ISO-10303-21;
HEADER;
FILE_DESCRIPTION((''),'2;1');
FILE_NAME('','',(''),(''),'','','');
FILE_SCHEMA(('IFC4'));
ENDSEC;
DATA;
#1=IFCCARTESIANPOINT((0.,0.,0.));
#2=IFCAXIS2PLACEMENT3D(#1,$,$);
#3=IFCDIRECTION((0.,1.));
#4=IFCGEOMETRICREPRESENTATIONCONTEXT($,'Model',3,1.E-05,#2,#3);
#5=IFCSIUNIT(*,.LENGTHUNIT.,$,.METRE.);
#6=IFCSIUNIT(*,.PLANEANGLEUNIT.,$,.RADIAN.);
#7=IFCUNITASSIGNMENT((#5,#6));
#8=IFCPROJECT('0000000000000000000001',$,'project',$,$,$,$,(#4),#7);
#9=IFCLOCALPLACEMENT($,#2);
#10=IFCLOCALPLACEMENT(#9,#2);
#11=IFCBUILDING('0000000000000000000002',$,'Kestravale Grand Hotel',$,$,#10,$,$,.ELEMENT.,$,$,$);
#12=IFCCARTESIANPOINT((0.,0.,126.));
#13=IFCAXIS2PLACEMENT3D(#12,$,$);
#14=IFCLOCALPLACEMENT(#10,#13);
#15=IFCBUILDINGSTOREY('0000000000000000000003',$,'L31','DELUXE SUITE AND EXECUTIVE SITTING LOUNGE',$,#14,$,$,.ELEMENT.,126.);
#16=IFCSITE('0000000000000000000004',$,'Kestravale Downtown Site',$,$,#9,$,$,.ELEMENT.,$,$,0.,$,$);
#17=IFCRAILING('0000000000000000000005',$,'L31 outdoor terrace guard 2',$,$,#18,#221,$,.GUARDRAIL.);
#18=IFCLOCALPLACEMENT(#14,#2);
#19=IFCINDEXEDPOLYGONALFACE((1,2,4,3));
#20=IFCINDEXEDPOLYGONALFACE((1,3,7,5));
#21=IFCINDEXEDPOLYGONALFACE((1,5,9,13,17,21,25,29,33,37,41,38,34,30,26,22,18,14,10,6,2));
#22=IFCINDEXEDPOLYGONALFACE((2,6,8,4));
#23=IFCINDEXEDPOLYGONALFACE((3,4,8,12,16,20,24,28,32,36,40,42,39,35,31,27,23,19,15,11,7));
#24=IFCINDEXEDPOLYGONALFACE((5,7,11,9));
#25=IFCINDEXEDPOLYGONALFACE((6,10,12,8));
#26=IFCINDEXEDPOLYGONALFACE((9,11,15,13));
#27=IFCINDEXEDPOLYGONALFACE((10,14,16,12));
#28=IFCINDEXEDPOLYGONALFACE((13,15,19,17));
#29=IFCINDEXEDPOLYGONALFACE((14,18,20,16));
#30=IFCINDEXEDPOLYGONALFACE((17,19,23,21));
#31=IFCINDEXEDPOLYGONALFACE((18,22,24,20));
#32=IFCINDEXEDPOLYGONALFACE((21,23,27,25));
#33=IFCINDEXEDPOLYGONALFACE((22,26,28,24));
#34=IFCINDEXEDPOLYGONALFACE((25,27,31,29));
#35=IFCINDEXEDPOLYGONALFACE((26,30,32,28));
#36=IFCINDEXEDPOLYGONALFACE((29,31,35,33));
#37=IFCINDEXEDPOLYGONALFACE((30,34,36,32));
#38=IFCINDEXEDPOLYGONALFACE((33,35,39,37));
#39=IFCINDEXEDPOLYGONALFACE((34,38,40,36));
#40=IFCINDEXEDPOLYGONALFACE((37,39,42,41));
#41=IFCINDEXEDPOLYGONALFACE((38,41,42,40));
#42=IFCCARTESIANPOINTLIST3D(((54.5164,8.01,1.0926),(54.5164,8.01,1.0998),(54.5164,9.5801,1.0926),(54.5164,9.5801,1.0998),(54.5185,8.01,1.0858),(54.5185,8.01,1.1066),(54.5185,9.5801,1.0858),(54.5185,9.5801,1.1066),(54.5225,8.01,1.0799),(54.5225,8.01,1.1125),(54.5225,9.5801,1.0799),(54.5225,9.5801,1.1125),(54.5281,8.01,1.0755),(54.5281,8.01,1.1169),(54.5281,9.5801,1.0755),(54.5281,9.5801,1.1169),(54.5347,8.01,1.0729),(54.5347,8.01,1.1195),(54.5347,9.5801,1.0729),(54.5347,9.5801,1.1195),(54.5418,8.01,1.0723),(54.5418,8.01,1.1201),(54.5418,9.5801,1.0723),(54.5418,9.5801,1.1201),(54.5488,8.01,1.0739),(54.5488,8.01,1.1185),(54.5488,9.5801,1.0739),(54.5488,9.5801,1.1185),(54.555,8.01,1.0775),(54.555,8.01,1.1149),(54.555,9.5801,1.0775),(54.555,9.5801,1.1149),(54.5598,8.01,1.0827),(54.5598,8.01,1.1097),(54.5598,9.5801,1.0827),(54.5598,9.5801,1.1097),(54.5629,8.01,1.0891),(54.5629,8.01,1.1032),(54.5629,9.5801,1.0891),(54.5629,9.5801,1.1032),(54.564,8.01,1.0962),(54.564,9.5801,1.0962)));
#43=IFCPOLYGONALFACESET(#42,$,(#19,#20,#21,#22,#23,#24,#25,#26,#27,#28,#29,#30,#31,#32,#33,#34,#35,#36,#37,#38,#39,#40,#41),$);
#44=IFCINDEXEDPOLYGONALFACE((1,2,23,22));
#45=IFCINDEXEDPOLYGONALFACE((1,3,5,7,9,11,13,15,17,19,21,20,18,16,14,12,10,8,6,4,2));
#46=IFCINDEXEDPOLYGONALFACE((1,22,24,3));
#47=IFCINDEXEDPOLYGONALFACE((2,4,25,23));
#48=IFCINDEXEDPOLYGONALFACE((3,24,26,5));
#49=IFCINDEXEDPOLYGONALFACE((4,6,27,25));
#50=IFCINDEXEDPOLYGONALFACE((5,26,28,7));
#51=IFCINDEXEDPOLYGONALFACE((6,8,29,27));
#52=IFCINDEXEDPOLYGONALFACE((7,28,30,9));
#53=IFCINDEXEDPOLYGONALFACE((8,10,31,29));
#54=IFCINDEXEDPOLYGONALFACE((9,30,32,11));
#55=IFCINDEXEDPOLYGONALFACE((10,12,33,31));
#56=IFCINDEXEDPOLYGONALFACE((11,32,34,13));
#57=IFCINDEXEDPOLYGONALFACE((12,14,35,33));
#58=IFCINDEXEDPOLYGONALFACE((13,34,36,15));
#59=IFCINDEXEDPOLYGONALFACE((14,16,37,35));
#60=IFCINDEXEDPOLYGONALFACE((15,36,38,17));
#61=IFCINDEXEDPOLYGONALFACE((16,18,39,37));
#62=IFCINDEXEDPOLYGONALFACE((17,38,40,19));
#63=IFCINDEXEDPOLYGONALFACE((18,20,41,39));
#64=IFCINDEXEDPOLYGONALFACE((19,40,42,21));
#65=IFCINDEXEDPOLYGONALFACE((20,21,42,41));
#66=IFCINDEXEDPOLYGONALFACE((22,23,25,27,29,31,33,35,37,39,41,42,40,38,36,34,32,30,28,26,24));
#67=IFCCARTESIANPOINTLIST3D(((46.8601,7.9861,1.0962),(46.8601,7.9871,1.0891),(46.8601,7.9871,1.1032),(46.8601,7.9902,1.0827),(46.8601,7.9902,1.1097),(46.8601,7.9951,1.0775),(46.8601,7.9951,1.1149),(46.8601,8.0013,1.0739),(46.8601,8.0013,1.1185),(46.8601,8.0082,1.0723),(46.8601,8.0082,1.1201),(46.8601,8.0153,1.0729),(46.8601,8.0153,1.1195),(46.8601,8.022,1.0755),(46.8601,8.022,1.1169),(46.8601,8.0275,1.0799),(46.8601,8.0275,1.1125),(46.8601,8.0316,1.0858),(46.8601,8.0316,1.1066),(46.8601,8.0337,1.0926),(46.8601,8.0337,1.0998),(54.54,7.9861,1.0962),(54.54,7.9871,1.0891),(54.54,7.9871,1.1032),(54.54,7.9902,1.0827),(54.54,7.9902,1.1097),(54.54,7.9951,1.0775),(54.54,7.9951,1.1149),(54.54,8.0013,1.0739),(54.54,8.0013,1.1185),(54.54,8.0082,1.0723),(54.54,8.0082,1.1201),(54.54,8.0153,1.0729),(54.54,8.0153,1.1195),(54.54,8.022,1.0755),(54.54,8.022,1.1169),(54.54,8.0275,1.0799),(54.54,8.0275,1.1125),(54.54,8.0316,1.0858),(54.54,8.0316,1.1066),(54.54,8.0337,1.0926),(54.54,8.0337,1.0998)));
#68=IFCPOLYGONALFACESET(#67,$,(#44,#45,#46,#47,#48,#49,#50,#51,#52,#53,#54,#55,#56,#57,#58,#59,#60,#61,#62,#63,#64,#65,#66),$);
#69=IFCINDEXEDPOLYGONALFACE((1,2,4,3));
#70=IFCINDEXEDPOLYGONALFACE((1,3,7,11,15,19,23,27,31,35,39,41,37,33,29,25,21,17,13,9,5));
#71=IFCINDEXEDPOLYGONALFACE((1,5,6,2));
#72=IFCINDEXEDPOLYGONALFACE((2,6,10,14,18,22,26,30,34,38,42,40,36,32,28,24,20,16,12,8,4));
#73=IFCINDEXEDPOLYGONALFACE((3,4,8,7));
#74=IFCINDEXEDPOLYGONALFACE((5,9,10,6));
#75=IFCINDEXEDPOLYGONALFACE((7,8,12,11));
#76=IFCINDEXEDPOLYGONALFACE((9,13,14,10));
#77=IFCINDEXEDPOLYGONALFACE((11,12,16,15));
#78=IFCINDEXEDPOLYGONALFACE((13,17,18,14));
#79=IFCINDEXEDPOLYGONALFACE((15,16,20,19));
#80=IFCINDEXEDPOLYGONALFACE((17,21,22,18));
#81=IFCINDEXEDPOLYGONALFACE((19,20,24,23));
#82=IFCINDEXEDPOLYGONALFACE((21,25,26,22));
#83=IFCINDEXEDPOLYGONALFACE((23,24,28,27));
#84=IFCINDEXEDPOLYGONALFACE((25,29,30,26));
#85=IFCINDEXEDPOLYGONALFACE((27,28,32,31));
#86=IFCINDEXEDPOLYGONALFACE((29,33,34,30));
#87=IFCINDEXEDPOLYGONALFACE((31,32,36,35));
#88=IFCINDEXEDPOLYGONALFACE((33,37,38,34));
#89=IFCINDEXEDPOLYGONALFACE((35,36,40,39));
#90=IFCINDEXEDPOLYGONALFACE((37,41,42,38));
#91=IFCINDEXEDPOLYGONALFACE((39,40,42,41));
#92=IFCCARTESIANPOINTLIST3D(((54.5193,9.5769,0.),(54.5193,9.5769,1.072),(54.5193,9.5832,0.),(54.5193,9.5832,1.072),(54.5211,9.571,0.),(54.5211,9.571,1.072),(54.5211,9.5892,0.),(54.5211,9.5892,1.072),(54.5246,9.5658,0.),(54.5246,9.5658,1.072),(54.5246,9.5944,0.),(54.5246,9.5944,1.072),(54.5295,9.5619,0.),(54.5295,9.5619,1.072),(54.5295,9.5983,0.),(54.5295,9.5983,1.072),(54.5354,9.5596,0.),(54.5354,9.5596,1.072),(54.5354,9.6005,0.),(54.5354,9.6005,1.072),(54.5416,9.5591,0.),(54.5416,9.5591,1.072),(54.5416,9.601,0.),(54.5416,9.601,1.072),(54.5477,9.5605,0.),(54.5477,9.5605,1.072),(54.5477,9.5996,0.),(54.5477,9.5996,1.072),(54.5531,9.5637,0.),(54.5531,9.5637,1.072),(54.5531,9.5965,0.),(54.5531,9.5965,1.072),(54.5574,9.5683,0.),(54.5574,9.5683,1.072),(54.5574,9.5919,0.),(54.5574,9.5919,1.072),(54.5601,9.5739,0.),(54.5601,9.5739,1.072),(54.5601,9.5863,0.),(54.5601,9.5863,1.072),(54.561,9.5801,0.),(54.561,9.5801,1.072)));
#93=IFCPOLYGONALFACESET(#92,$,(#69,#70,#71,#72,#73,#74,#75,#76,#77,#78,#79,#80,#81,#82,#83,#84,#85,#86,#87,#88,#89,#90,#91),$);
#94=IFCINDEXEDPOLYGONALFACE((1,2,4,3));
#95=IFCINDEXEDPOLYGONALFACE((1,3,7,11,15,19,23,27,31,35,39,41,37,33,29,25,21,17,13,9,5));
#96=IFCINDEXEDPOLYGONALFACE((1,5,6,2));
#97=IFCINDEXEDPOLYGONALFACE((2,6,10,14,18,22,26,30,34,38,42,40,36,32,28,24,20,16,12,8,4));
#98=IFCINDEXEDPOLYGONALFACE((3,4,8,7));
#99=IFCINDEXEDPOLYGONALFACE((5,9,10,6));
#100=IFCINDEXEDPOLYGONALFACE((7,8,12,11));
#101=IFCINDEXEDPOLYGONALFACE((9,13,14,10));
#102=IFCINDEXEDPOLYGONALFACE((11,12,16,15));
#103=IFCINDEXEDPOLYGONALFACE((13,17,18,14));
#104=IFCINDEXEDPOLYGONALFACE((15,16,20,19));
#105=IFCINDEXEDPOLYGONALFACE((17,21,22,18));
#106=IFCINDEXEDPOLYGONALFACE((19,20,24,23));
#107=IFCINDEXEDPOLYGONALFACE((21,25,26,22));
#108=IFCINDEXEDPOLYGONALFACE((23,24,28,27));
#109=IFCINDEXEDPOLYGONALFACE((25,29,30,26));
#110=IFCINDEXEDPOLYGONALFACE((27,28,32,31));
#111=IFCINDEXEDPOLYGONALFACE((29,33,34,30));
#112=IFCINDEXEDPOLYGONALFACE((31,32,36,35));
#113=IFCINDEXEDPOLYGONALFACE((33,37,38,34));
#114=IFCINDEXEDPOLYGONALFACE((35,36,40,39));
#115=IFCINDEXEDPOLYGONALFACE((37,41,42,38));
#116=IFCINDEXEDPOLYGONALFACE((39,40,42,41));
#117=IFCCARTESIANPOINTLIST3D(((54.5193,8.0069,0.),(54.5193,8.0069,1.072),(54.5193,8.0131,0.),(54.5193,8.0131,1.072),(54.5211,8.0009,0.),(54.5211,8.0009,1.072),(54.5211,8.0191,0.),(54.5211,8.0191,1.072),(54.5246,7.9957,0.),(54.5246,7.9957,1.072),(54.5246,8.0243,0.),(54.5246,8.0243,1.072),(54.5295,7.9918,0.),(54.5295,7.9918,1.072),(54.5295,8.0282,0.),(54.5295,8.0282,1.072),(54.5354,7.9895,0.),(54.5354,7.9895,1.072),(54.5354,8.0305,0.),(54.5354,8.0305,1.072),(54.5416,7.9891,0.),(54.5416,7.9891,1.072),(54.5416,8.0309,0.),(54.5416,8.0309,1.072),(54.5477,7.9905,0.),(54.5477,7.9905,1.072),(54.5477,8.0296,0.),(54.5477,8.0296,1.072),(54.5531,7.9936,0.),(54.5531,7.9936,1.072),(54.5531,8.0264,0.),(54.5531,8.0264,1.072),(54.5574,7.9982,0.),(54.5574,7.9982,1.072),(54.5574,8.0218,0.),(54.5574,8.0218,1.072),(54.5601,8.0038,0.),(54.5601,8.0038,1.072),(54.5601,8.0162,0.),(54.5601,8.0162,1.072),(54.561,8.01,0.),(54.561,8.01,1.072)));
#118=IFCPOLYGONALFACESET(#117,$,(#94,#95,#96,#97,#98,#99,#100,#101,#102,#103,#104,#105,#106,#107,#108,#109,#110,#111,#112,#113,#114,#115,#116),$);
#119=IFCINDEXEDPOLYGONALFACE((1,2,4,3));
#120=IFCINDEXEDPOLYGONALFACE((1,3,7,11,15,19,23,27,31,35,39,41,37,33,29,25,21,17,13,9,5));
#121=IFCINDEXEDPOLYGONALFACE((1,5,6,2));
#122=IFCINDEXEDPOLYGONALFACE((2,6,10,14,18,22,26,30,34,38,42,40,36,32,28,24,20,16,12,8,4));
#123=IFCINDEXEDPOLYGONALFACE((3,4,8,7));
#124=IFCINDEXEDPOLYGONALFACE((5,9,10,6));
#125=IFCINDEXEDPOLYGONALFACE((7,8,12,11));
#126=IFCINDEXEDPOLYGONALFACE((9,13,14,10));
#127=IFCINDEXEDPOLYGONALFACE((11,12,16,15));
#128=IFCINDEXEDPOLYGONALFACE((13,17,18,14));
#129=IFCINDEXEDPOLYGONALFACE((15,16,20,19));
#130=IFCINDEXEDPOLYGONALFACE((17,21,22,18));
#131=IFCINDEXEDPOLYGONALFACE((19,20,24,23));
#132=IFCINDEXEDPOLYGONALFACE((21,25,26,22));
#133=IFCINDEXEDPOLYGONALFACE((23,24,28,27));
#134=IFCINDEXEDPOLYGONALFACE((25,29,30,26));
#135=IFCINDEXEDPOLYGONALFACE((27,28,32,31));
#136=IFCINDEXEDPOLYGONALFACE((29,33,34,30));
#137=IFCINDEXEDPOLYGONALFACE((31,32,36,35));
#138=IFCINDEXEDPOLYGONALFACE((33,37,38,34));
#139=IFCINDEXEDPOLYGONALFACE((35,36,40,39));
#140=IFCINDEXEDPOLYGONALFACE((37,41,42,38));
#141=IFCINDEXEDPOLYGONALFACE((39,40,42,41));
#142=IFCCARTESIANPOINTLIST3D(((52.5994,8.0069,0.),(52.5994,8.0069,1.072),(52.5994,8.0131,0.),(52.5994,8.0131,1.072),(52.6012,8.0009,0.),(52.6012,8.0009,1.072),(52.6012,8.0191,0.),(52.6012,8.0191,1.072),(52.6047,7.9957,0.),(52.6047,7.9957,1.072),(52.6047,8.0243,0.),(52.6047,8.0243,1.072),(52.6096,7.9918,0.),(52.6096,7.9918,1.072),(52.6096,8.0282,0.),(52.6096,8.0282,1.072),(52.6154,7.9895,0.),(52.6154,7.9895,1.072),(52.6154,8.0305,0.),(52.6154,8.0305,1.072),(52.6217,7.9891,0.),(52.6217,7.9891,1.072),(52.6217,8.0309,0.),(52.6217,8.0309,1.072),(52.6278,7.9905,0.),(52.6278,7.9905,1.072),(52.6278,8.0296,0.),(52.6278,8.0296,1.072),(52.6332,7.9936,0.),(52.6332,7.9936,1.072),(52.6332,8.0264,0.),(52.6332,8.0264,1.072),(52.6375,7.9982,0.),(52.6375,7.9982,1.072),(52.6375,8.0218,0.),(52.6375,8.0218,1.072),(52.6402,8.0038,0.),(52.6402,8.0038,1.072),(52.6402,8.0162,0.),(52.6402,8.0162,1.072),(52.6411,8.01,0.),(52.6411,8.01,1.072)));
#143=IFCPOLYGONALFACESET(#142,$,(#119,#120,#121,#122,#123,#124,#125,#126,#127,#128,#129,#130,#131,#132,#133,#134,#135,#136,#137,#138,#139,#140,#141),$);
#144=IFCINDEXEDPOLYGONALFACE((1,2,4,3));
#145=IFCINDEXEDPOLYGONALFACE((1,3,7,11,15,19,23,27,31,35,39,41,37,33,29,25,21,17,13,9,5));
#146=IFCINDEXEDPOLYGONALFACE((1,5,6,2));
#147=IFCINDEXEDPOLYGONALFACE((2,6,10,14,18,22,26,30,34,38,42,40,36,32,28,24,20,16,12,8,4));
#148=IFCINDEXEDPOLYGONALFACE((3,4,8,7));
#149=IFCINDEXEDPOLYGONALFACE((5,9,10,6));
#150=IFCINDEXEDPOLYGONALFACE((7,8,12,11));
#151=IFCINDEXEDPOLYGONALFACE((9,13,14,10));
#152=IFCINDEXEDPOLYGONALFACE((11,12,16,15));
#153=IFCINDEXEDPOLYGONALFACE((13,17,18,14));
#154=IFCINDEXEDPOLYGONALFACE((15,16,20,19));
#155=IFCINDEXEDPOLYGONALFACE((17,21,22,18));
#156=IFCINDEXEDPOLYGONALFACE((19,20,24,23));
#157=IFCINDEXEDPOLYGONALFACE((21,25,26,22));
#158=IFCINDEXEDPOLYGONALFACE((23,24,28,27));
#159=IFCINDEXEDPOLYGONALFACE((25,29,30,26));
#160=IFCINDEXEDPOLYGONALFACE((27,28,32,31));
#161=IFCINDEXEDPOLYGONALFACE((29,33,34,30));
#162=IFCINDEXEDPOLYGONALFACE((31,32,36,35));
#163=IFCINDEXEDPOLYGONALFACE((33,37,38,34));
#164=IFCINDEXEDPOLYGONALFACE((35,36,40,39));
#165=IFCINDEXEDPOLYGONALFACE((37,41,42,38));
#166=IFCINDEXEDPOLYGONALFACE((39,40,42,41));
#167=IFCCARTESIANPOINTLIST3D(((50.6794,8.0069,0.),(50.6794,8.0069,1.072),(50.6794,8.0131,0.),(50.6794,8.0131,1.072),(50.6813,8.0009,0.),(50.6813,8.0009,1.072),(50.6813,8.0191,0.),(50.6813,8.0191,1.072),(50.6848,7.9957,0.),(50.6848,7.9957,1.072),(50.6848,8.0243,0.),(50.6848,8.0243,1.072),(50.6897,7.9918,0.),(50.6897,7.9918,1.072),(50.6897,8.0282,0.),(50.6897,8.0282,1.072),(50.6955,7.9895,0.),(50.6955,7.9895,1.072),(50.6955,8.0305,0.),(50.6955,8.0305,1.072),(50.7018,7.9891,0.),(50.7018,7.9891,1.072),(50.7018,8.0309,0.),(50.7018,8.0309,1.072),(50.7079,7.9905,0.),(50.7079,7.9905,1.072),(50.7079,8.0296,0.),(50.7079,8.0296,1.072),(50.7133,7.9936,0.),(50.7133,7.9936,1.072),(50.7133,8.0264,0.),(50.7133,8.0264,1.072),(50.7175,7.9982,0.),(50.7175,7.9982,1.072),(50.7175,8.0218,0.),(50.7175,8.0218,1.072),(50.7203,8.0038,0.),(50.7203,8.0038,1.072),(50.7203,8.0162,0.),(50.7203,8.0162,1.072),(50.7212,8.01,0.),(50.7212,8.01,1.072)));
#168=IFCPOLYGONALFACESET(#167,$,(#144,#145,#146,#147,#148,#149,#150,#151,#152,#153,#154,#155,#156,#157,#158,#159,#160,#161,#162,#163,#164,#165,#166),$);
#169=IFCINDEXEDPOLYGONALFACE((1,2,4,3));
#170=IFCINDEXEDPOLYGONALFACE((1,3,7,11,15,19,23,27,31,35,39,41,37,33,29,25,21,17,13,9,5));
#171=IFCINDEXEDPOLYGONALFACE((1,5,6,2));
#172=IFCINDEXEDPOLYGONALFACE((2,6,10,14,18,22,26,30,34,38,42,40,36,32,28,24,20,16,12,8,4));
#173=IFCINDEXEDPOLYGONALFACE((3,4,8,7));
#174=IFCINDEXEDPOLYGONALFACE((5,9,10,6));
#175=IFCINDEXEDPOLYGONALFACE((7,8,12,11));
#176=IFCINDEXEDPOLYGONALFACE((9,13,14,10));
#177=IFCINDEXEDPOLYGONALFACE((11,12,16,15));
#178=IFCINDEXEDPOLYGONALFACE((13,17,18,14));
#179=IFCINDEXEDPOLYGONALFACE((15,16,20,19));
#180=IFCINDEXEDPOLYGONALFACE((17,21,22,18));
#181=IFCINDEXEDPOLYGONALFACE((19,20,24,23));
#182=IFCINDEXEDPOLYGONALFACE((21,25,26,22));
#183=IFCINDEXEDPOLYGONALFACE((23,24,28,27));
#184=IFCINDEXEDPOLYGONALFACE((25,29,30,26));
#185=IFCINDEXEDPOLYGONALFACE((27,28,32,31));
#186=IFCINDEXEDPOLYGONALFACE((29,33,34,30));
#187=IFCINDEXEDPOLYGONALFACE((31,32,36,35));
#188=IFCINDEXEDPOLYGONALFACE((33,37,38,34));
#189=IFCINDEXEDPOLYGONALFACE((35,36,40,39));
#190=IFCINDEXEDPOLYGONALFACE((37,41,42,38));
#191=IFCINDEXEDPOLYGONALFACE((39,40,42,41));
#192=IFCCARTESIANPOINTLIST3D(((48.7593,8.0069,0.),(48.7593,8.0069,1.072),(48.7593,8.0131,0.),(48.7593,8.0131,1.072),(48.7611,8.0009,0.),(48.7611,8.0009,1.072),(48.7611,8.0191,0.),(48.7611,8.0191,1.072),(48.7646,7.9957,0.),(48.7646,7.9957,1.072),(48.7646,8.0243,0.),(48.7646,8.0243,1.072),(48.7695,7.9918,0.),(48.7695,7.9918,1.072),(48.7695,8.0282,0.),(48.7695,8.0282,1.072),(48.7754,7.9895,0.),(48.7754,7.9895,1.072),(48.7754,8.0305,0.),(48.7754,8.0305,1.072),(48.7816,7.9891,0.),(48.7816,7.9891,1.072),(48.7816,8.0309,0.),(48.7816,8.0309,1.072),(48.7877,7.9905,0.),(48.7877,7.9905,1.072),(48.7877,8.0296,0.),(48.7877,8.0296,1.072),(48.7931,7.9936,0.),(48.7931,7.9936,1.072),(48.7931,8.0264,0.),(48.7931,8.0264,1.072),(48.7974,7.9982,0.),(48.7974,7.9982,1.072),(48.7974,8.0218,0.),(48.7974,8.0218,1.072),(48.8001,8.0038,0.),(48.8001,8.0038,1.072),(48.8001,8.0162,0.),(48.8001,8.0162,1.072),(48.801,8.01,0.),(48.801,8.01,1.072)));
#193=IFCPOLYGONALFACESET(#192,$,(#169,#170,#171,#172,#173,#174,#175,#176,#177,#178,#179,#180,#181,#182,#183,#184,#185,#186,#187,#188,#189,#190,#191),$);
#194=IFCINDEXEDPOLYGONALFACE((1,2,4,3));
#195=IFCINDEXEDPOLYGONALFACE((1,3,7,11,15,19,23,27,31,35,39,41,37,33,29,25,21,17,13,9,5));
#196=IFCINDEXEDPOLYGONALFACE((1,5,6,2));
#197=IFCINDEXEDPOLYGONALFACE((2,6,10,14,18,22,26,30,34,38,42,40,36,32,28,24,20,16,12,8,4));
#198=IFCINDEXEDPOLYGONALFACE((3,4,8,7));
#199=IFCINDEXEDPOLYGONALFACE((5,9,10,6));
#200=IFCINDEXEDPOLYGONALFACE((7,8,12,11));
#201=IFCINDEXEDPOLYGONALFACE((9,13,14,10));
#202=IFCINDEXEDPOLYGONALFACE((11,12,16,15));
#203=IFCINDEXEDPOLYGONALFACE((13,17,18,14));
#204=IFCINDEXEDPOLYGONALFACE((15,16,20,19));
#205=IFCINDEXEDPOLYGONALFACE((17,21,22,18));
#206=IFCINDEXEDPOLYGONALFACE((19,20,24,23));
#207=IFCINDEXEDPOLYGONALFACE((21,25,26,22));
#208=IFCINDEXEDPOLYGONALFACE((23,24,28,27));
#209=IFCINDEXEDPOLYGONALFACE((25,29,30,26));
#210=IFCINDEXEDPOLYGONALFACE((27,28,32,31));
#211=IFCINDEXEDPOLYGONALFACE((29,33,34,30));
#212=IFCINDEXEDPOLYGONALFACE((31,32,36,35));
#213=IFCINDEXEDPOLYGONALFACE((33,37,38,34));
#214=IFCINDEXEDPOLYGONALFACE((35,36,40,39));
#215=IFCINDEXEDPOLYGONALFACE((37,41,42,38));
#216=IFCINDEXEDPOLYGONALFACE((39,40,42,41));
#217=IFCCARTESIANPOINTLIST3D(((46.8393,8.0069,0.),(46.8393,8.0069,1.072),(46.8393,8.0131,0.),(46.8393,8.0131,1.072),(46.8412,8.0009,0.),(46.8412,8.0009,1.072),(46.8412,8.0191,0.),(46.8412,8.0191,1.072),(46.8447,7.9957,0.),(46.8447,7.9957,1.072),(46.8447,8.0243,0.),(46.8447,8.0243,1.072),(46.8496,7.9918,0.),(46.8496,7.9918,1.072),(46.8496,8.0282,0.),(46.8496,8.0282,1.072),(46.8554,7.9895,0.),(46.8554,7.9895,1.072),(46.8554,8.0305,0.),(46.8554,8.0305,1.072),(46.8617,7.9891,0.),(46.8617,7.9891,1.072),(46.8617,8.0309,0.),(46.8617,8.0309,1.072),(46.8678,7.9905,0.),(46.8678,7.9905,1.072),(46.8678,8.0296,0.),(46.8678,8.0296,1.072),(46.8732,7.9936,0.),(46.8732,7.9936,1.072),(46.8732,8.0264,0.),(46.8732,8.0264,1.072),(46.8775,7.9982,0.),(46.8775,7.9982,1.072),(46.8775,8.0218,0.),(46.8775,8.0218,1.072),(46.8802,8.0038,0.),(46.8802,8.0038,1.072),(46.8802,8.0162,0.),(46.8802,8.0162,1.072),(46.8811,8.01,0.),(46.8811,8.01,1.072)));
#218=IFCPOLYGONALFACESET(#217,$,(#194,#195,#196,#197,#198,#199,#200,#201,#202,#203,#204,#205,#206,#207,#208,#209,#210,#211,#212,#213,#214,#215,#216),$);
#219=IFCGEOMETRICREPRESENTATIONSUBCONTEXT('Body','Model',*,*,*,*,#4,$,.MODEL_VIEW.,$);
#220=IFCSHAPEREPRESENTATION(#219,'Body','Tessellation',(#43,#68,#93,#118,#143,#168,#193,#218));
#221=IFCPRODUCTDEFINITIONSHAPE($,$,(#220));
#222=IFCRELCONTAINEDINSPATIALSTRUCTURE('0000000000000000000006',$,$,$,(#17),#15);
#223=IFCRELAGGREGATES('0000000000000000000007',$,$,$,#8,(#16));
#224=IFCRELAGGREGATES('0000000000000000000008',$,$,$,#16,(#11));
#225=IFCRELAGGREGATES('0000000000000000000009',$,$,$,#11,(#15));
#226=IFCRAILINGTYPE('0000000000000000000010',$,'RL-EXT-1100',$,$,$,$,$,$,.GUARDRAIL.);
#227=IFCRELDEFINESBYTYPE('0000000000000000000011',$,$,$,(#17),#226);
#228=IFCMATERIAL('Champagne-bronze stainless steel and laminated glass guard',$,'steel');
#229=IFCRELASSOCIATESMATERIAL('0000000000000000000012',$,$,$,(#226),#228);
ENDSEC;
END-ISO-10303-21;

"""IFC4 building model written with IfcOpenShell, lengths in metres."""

from ifc_helpers import new_model, si_unit, direction, frame, origin, origin_2d, place, context, subcontext, project, spatial, circle, extrude, material, type_object, element, save


model = new_model("IFC4")

# Units and contexts
model_context = context("Model", 3, precision=1e-05, world=origin(), true_north=direction((0.0, 1.0)))
body_context = subcontext(model_context, "Body", "Model", "MODEL_VIEW")
ifc_project = project(units=[si_unit("LENGTHUNIT", "METRE"), si_unit("PLANEANGLEUNIT", "RADIAN")], contexts=[model_context])

# Site, building, storey
site_placement = place(None, origin())
site = spatial("IfcSite", under=ifc_project, at=site_placement, Name="Kestravale Downtown Site", CompositionType="ELEMENT", RefElevation=0.0)
building_placement = place(site_placement, origin())
building = spatial("IfcBuilding", under=site, at=building_placement, Name="Kestravale Grand Hotel", CompositionType="ELEMENT")
storey_placement = place(building_placement, frame((0.0, 0.0, 126.0)))
storey = spatial("IfcBuildingStorey", under=building, at=storey_placement, Name="L31", Description="DELUXE SUITE AND EXECUTIVE SITTING LOUNGE", CompositionType="ELEMENT", Elevation=126.0)

# Railing
ifc_material_1 = material(Name="Champagne-bronze stainless steel and laminated glass guard", Category="steel")
railing_type = type_object("IfcRailingType", Name="RL-EXT-1100", PredefinedType="GUARDRAIL", material=ifc_material_1)
railing_placement = place(storey_placement, frame((54.54, 9.5801, 0.0)))
element("IfcRailing", 1, at=railing_placement, inside=storey, type_object=railing_type, Name="L31 outdoor terrace guard 2", PredefinedType="GUARDRAIL", context=body_context, shape_type="SweptSolid", body=[
    extrude(circle(Radius=0.0239, at=origin_2d()), frame((0.0, 0.0, 1.0962), z_axis=(0.0, -1.0, 0.0), x_axis=(1.0, 0.0, 0.0)), (0.0, 0.0, 1.0), 1.5701),
    extrude(circle(Radius=0.0239, at=origin_2d()), frame((0.0, -1.5701, 1.0962), z_axis=(-1.0, 0.0, 0.0), x_axis=(0.0, -1.0, 0.0)), (0.0, 0.0, 1.0), 7.6799),
    extrude(circle(Radius=0.021, at=origin_2d()), origin(), (0.0, 0.0, 1.0), 1.072),
    extrude(circle(Radius=0.021, at=origin_2d()), frame((0.0, -1.5701, 0.0)), (0.0, 0.0, 1.0), 1.072),
    extrude(circle(Radius=0.021, at=origin_2d()), frame((-1.9199, -1.5701, 0.0)), (0.0, 0.0, 1.0), 1.072),
    extrude(circle(Radius=0.021, at=origin_2d()), frame((-3.8398, -1.5701, 0.0)), (0.0, 0.0, 1.0), 1.072),
    extrude(circle(Radius=0.021, at=origin_2d()), frame((-5.76, -1.5701, 0.0)), (0.0, 0.0, 1.0), 1.072),
    extrude(circle(Radius=0.021, at=origin_2d()), frame((-7.6799, -1.5701, 0.0)), (0.0, 0.0, 1.0), 1.072),
])

save(model, "model.ifc")
